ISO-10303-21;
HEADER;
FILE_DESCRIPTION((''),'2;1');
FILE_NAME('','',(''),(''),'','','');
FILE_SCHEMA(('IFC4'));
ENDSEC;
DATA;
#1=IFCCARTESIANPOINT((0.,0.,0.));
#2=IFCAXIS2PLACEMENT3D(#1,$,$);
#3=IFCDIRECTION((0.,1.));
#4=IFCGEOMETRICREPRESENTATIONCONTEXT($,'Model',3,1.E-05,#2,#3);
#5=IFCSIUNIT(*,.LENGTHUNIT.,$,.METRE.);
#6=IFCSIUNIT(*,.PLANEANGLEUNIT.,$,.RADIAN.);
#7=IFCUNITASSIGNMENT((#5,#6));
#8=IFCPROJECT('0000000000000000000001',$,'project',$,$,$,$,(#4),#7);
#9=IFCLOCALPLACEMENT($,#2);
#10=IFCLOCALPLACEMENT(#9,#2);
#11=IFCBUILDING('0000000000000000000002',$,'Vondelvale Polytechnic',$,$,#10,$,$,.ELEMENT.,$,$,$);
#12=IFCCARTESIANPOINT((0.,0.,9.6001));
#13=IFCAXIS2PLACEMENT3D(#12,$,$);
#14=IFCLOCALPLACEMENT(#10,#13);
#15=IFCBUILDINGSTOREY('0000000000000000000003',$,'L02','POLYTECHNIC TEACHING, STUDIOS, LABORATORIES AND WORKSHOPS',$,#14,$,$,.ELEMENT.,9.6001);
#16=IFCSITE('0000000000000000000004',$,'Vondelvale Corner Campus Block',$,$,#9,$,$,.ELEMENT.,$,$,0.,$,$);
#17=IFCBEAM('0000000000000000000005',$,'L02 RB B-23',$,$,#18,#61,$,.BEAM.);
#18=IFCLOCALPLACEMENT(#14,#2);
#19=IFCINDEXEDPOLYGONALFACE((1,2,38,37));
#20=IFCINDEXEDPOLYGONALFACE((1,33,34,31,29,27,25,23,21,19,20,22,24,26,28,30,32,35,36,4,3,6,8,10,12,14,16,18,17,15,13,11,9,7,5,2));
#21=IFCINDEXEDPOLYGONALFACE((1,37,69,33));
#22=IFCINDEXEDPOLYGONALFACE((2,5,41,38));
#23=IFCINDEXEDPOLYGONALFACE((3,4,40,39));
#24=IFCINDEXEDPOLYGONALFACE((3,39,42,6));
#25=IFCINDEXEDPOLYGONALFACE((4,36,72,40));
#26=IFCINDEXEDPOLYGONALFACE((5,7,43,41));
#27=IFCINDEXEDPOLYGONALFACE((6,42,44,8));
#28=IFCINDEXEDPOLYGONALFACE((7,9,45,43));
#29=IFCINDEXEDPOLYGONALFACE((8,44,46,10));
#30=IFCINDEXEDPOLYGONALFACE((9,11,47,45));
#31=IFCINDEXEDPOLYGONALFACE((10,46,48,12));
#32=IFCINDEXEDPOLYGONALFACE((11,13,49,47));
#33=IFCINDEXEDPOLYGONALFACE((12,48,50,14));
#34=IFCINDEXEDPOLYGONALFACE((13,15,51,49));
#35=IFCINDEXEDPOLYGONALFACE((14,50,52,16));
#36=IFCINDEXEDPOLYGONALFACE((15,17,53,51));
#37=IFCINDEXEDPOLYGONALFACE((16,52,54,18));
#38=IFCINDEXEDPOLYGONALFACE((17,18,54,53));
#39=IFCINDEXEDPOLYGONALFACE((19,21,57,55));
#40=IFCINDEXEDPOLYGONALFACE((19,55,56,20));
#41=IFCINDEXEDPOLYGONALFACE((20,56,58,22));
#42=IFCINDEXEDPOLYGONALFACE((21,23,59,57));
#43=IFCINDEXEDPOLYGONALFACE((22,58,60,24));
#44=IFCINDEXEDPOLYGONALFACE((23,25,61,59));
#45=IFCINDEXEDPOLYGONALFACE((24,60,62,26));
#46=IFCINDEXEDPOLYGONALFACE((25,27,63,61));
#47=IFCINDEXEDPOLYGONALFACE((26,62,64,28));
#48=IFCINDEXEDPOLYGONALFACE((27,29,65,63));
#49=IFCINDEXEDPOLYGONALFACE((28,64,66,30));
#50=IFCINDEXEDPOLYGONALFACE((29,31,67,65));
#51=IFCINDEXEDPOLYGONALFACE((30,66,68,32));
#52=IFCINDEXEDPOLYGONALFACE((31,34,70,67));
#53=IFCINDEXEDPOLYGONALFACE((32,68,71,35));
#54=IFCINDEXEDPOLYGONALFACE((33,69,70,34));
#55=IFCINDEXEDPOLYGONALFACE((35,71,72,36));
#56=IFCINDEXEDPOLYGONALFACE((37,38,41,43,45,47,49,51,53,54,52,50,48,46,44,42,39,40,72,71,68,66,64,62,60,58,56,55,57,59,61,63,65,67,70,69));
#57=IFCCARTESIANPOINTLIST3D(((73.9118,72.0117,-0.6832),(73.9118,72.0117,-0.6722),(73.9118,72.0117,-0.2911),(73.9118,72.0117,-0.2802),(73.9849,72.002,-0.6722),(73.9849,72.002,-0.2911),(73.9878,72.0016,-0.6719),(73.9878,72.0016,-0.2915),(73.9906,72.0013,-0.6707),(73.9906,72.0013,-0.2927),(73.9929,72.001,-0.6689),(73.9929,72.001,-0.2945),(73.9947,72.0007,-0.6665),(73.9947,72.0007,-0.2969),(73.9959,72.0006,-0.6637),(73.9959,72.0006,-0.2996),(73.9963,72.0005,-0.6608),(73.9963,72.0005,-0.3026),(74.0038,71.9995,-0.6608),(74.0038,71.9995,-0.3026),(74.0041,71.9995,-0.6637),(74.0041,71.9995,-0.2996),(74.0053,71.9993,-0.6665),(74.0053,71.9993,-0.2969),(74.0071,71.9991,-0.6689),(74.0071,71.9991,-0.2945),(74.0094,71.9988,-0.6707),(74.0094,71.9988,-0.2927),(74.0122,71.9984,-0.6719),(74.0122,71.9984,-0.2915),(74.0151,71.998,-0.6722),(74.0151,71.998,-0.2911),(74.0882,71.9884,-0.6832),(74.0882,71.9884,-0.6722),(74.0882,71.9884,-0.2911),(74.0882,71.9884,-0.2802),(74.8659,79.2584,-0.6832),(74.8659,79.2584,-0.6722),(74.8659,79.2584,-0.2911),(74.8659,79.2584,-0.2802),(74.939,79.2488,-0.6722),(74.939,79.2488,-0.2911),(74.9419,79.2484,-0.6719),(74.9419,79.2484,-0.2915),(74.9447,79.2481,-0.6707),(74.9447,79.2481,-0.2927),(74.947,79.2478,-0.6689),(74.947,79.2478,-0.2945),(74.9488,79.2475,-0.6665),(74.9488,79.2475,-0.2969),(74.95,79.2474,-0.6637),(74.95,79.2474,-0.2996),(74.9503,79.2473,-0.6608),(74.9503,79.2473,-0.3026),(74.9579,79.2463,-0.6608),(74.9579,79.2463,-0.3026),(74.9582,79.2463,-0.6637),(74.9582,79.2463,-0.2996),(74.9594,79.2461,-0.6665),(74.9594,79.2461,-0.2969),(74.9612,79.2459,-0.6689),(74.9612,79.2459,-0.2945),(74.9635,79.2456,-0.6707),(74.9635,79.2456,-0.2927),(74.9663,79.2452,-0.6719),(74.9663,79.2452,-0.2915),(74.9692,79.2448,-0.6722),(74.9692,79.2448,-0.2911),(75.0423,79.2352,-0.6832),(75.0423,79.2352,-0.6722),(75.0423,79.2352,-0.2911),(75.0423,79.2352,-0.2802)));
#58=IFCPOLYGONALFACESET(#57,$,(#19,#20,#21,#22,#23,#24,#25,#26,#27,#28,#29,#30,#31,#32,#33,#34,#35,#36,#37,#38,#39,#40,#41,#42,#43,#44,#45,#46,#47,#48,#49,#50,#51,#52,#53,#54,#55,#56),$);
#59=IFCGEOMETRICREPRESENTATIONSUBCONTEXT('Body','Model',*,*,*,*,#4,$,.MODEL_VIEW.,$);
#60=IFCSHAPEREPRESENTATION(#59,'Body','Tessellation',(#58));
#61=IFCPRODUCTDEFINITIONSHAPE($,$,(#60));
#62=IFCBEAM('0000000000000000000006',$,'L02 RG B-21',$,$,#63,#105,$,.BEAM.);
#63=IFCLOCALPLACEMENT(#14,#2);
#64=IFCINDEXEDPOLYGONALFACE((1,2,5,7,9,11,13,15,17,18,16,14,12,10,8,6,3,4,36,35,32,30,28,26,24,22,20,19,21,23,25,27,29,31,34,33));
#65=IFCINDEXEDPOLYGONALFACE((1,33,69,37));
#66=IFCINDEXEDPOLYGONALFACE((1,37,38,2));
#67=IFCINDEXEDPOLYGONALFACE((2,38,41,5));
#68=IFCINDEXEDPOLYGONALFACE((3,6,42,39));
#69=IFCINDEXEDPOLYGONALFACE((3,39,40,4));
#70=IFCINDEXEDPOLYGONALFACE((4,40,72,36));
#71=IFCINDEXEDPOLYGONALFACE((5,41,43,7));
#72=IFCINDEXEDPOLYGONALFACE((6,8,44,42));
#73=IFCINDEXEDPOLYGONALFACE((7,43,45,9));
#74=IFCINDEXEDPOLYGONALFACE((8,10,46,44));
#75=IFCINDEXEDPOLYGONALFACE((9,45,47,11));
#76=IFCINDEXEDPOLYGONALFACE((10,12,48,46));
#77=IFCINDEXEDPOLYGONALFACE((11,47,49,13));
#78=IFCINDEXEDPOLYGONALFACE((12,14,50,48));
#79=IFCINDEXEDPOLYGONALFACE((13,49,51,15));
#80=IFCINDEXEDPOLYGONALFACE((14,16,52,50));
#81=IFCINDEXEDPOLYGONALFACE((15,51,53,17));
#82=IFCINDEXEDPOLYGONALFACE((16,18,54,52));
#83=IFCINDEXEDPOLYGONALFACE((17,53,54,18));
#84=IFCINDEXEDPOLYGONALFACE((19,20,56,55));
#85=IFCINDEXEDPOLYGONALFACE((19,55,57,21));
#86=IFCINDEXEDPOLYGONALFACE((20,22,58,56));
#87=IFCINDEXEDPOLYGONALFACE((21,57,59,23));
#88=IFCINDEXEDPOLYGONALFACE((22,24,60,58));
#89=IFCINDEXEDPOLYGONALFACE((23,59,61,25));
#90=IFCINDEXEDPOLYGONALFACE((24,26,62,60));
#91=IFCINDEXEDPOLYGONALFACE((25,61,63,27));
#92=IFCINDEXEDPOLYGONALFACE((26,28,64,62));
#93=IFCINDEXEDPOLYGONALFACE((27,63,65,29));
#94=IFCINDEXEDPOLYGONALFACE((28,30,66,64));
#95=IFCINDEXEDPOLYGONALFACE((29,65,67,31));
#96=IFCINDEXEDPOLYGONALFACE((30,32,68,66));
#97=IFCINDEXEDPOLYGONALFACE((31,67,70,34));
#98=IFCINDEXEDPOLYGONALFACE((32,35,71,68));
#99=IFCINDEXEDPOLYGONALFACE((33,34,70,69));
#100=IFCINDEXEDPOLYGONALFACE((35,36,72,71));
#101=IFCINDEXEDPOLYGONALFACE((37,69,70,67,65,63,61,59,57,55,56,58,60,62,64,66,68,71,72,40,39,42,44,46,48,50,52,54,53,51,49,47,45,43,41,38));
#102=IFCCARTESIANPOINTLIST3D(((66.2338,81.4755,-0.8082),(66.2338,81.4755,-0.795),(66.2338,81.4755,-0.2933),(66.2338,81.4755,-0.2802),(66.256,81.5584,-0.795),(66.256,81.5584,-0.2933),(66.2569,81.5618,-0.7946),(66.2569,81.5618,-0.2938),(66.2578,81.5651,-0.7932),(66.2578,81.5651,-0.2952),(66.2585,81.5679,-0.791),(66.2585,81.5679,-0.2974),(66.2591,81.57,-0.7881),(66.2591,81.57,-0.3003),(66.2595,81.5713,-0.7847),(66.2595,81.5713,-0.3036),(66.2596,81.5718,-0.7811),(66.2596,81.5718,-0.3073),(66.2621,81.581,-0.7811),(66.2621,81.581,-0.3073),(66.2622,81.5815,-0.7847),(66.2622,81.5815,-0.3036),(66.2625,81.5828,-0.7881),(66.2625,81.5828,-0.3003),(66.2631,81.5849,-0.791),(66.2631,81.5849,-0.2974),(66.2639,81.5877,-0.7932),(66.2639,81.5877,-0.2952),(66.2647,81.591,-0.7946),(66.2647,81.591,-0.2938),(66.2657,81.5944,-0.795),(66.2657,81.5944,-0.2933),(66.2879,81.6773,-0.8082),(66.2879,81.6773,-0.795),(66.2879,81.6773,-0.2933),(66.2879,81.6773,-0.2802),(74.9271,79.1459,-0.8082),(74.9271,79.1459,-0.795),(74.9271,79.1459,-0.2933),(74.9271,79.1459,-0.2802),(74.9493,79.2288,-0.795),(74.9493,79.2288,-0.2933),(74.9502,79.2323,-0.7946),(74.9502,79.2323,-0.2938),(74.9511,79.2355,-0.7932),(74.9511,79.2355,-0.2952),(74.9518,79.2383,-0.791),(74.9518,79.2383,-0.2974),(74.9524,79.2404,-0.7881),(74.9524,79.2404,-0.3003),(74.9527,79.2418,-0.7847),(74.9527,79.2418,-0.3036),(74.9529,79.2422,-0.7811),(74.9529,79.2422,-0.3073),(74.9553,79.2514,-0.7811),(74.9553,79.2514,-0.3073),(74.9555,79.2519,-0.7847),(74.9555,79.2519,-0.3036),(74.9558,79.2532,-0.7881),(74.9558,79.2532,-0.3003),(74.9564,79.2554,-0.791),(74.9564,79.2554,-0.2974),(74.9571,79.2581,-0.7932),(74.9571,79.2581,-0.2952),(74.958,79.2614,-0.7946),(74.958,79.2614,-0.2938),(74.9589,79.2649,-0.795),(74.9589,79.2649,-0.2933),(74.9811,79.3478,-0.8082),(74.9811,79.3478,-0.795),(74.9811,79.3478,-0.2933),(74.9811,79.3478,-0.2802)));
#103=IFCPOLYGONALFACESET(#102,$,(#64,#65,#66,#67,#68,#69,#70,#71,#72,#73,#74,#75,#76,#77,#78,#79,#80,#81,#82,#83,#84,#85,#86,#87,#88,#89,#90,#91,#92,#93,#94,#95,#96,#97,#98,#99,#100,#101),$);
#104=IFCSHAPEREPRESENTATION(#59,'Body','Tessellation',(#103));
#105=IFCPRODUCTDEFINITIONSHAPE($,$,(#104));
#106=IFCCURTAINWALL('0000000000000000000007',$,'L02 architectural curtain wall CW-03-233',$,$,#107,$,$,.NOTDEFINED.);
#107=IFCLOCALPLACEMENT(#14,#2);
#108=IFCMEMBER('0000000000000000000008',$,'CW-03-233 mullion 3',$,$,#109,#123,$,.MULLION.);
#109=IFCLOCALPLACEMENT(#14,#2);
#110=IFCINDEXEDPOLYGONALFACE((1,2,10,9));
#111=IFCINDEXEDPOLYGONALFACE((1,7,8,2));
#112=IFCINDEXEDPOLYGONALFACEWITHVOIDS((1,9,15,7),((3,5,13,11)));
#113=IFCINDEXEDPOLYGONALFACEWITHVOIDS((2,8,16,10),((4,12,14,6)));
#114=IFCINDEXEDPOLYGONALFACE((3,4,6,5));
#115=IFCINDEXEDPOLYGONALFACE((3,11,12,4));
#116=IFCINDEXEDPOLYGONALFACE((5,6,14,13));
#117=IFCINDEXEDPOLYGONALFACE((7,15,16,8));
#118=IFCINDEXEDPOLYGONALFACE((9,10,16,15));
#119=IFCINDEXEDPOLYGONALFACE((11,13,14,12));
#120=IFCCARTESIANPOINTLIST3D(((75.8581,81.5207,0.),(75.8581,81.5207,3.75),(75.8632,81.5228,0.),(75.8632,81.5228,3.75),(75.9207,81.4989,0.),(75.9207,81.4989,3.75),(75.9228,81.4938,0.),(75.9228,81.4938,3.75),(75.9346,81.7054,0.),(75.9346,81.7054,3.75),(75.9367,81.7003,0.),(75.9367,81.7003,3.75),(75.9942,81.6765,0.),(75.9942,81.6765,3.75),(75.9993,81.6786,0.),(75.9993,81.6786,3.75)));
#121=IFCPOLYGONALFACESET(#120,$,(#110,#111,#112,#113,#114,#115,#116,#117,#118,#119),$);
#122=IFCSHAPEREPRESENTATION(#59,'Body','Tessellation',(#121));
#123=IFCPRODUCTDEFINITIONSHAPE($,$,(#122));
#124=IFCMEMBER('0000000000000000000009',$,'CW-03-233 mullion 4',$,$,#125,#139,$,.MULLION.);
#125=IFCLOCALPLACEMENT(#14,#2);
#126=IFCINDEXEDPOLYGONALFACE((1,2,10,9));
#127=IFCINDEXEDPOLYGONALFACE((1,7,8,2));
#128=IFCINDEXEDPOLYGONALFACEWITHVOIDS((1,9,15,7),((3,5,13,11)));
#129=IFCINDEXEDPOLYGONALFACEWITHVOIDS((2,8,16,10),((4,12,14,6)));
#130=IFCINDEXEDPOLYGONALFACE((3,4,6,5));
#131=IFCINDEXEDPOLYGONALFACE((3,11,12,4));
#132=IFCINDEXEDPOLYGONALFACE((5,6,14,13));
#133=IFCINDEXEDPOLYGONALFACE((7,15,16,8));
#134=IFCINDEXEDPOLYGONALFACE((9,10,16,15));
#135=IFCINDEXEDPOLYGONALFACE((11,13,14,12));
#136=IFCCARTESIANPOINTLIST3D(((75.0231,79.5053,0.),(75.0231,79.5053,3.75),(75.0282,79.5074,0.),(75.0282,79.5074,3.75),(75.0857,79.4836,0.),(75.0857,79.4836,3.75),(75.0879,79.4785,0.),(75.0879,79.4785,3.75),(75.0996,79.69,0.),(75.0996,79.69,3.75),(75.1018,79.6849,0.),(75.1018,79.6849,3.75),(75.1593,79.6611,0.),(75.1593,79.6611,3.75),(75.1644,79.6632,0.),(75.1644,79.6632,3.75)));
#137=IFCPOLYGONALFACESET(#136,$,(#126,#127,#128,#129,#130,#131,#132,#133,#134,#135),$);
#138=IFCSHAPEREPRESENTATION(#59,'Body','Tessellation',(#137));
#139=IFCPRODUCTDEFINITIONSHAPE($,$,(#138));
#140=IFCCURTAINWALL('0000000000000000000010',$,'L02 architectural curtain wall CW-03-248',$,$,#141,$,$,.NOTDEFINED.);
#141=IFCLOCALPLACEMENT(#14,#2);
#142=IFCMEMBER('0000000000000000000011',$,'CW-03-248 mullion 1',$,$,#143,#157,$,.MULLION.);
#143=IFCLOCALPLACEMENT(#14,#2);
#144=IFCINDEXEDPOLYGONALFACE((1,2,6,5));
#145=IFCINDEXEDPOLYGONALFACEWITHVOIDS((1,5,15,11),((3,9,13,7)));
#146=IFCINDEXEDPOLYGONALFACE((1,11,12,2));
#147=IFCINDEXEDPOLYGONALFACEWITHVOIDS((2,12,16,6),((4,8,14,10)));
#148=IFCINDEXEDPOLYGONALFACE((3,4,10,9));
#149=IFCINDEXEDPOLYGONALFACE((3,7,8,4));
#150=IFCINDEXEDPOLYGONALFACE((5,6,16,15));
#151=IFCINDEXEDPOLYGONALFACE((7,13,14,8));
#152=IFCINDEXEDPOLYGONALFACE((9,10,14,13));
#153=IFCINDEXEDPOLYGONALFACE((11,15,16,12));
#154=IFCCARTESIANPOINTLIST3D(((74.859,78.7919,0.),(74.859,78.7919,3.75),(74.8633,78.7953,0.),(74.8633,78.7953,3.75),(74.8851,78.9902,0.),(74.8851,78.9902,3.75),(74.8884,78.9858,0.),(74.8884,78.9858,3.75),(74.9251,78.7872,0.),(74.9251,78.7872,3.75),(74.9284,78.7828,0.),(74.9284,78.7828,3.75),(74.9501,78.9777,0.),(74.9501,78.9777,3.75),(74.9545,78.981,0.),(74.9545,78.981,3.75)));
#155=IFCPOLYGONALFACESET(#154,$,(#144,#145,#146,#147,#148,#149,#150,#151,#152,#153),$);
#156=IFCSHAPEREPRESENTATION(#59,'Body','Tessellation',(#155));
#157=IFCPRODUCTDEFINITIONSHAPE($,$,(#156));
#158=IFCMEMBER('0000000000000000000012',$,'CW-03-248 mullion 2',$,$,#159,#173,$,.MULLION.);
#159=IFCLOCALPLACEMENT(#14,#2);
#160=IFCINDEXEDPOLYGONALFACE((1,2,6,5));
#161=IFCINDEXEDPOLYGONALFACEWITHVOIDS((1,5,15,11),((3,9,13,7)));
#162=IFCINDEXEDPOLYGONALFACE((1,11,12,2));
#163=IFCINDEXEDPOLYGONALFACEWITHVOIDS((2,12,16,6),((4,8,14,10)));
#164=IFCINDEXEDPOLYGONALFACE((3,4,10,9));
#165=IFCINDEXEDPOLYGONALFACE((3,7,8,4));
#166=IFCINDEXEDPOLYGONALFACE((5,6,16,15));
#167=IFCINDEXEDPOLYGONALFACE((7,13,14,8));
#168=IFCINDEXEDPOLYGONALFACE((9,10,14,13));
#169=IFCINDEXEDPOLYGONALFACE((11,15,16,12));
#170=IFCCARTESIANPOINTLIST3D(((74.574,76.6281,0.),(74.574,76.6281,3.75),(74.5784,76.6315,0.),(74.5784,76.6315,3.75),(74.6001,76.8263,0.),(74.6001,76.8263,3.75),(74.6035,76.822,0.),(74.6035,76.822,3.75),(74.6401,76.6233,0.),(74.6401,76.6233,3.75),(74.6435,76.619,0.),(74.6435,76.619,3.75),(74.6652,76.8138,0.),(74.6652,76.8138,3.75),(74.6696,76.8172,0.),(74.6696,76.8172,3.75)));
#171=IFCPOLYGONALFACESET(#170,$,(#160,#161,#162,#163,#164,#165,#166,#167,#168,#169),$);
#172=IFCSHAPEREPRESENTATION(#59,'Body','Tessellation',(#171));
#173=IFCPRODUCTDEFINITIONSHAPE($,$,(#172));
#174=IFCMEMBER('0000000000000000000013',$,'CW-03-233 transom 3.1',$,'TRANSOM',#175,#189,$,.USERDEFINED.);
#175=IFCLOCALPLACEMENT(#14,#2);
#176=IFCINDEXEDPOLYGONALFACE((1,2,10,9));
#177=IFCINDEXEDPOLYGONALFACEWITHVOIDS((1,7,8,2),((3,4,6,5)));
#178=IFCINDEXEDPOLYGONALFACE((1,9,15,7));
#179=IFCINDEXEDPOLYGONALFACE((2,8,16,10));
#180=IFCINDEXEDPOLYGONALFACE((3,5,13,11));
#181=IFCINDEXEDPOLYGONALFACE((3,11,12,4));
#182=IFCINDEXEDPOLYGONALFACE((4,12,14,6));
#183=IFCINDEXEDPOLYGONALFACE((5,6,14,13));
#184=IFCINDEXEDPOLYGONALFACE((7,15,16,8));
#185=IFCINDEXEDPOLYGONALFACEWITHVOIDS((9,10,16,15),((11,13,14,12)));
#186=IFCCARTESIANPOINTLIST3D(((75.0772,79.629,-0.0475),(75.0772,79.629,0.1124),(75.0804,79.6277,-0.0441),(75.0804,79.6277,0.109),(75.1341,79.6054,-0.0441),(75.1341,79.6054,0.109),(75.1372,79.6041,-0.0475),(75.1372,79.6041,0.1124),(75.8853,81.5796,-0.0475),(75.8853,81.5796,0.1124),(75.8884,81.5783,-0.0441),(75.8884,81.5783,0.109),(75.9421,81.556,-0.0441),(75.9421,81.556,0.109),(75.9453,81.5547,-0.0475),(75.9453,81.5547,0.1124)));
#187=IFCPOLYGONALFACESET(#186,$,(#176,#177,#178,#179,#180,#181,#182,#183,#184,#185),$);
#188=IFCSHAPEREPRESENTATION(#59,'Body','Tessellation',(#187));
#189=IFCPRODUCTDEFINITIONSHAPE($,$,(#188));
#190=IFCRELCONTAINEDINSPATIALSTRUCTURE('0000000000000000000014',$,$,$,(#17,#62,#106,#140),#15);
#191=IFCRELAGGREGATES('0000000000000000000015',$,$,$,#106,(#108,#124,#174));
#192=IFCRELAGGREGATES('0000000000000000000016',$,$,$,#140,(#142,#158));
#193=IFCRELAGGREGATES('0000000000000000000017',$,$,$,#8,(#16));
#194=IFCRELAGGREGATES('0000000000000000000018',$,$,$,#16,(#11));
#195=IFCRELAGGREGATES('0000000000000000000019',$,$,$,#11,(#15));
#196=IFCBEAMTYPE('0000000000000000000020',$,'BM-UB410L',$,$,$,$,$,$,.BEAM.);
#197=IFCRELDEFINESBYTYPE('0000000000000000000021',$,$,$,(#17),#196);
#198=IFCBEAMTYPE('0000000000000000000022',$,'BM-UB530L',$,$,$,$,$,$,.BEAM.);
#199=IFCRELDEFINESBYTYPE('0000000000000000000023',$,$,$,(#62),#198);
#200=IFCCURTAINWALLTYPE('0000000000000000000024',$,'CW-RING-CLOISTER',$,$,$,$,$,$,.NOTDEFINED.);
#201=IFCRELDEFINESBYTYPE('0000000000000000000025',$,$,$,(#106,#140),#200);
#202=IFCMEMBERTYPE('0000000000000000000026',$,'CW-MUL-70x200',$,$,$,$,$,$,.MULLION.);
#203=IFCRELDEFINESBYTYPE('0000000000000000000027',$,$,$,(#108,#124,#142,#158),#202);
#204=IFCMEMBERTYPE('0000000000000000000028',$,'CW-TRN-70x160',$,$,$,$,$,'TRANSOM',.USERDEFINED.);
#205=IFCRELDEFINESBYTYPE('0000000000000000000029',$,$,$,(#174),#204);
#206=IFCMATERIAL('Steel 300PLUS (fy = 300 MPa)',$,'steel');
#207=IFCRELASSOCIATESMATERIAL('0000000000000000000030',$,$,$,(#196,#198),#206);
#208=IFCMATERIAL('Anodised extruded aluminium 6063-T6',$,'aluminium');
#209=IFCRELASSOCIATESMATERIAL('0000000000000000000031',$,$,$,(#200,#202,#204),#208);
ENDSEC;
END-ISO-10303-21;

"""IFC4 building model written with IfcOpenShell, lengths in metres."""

from ifc_helpers import new_model, si_unit, direction, frame, origin, origin_2d, place, context, subcontext, project, spatial, hollow_rectangle, i_section, extrude, material, material_profile, profile_set, type_object, element, aggregate, save


model = new_model("IFC4")

# Units and contexts
model_context = context("Model", 3, precision=1e-05, world=origin(), true_north=direction((0.0, 1.0)))
body_context = subcontext(model_context, "Body", "Model", "MODEL_VIEW")
ifc_project = project(units=[si_unit("LENGTHUNIT", "METRE"), si_unit("PLANEANGLEUNIT", "RADIAN")], contexts=[model_context])

# Site, building, storey
site_placement = place(None, origin())
site = spatial("IfcSite", under=ifc_project, at=site_placement, Name="Vondelvale Corner Campus Block", CompositionType="ELEMENT", RefElevation=0.0)
building_placement = place(site_placement, origin())
building = spatial("IfcBuilding", under=site, at=building_placement, Name="Vondelvale Polytechnic", CompositionType="ELEMENT")
storey_placement = place(building_placement, frame((0.0, 0.0, 9.6001)))
storey = spatial("IfcBuildingStorey", under=building, at=storey_placement, Name="L02", Description="POLYTECHNIC TEACHING, STUDIOS, LABORATORIES AND WORKSHOPS", CompositionType="ELEMENT", Elevation=9.6001)

# Beams
ifc_material_1 = material(Name="Steel 300PLUS (fy = 300 MPa)", Category="steel")
ifc_material_profile_1 = material_profile(ifc_material_1, i_section(OverallWidth=0.178, OverallDepth=0.4031, WebThickness=0.0076, FlangeThickness=0.011, FilletRadius=0.0115, at=origin_2d()), Name="410UB53.7")
ifc_profile_set_1 = profile_set([ifc_material_profile_1], Name="Steel 300PLUS (fy = 300 MPa)")
beam_type_1 = type_object("IfcBeamType", Name="BM-UB410L", PredefinedType="BEAM", material=ifc_profile_set_1)
beam_1_placement = place(storey_placement, frame((74.9541, 79.2468, -0.4817), z_axis=(-0.130531, -0.991444, 0.0), x_axis=(0.991444, -0.130531, 0.0)))
element("IfcBeam", 1, at=beam_1_placement, inside=storey, type_object=beam_type_1, Name="L02 RB B-23", PredefinedType="BEAM", context=body_context, shape_type="SweptSolid", body=[
    extrude(i_section(OverallWidth=0.178, OverallDepth=0.4031, WebThickness=0.0076, FlangeThickness=0.011, FilletRadius=0.0115, at=origin_2d()), origin(), (0.0, 0.0, 1.0), 7.3093),
])
ifc_material_profile_2 = material_profile(ifc_material_1, i_section(OverallWidth=0.209, OverallDepth=0.5281, WebThickness=0.0095, FlangeThickness=0.0132, FilletRadius=0.0139, at=origin_2d()), Name="530UB82.0")
ifc_profile_set_2 = profile_set([ifc_material_profile_2], Name="Steel 300PLUS (fy = 300 MPa)")
beam_type_2 = type_object("IfcBeamType", Name="BM-UB530L", PredefinedType="BEAM", material=ifc_profile_set_2)
beam_2_placement = place(storey_placement, frame((74.9541, 79.2468, -0.5442), z_axis=(-0.96592, 0.258841, 0.0), x_axis=(-0.258841, -0.96592, 0.0)))
element("IfcBeam", 2, at=beam_2_placement, inside=storey, type_object=beam_type_2, Name="L02 RG B-21", PredefinedType="BEAM", context=body_context, shape_type="SweptSolid", body=[
    extrude(i_section(OverallWidth=0.209, OverallDepth=0.5281, WebThickness=0.0095, FlangeThickness=0.0132, FilletRadius=0.0139, at=origin_2d()), origin(), (0.0, 0.0, 1.0), 9.0),
])

# Curtain walls, members
ifc_material_2 = material(Name="Anodised extruded aluminium 6063-T6", Category="aluminium")
curtain_wall_type = type_object("IfcCurtainWallType", Name="CW-RING-CLOISTER", PredefinedType="NOTDEFINED", material=ifc_material_2)
curtain_wall_1_placement = place(storey_placement, origin())
curtain_wall_1 = element("IfcCurtainWall", 3, at=curtain_wall_1_placement, inside=storey, type_object=curtain_wall_type, Name="L02 architectural curtain wall CW-03-233", PredefinedType="NOTDEFINED")
ifc_material_profile_3 = material_profile(ifc_material_2, hollow_rectangle(XDim=0.0701, YDim=0.2, WallThickness=0.0039, at=origin_2d()), Name="CW-MUL-200x70")
ifc_profile_set_3 = profile_set([ifc_material_profile_3], Name="Anodised extruded aluminium 6063-T6")
member_type_1 = type_object("IfcMemberType", Name="CW-MUL-70x200", PredefinedType="MULLION", material=ifc_profile_set_3)
member_1_placement = place(storey_placement, frame((75.9287, 81.5996, 0.0), z_axis=(0.0, 0.0, 1.0), x_axis=(0.923882, -0.382679, 0.0)))
member_1 = element("IfcMember", 4, at=member_1_placement, type_object=member_type_1, Name="CW-03-233 mullion 3", PredefinedType="MULLION", context=body_context, shape_type="SweptSolid", body=[
    extrude(hollow_rectangle(XDim=0.0701, YDim=0.2, WallThickness=0.0039, at=origin_2d()), origin(), (0.0, 0.0, 1.0), 3.75),
])
member_2_placement = place(storey_placement, frame((75.0938, 79.5842, 0.0), z_axis=(0.0, 0.0, 1.0), x_axis=(0.923882, -0.382679, 0.0)))
member_2 = element("IfcMember", 5, at=member_2_placement, type_object=member_type_1, Name="CW-03-233 mullion 4", PredefinedType="MULLION", context=body_context, shape_type="SweptSolid", body=[
    extrude(hollow_rectangle(XDim=0.0701, YDim=0.2, WallThickness=0.0039, at=origin_2d()), origin(), (0.0, 0.0, 1.0), 3.75),
])
curtain_wall_2_placement = place(storey_placement, origin())
curtain_wall_2 = element("IfcCurtainWall", 6, at=curtain_wall_2_placement, inside=storey, type_object=curtain_wall_type, Name="L02 architectural curtain wall CW-03-248", PredefinedType="NOTDEFINED")
member_3_placement = place(storey_placement, frame((74.9067, 78.8865, 0.0), z_axis=(0.0, 0.0, 1.0), x_axis=(0.991445, -0.130528, 0.0)))
member_3 = element("IfcMember", 7, at=member_3_placement, type_object=member_type_1, Name="CW-03-248 mullion 1", PredefinedType="MULLION", context=body_context, shape_type="SweptSolid", body=[
    extrude(hollow_rectangle(XDim=0.0701, YDim=0.2, WallThickness=0.0039, at=origin_2d()), origin(), (0.0, 0.0, 1.0), 3.75),
])
member_4_placement = place(storey_placement, frame((74.6218, 76.7227, 0.0), z_axis=(0.0, 0.0, 1.0), x_axis=(0.991445, -0.130528, 0.0)))
member_4 = element("IfcMember", 8, at=member_4_placement, type_object=member_type_1, Name="CW-03-248 mullion 2", PredefinedType="MULLION", context=body_context, shape_type="SweptSolid", body=[
    extrude(hollow_rectangle(XDim=0.0701, YDim=0.2, WallThickness=0.0039, at=origin_2d()), origin(), (0.0, 0.0, 1.0), 3.75),
])

# Member
ifc_material_profile_4 = material_profile(ifc_material_2, hollow_rectangle(XDim=0.0649, YDim=0.1599, WallThickness=0.0034, at=origin_2d()), Name="CW-TRN-160x65")
ifc_profile_set_4 = profile_set([ifc_material_profile_4], Name="Anodised extruded aluminium 6063-T6")
member_type_2 = type_object("IfcMemberType", Name="CW-TRN-70x160", ElementType="TRANSOM", PredefinedType="USERDEFINED", material=ifc_profile_set_4)
member_5_placement = place(storey_placement, frame((75.9153, 81.5671, 0.0325), z_axis=(-0.382726, -0.923862, 0.0), x_axis=(0.923862, -0.382726, 0.0)))
member_5 = element("IfcMember", 9, at=member_5_placement, type_object=member_type_2, Name="CW-03-233 transom 3.1", ObjectType="TRANSOM", PredefinedType="USERDEFINED", context=body_context, shape_type="SweptSolid", body=[
    extrude(hollow_rectangle(XDim=0.0649, YDim=0.1599, WallThickness=0.0034, at=origin_2d()), origin(), (0.0, 0.0, 1.0), 2.1113),
])

aggregate(curtain_wall_1, [member_1, member_2, member_5])
aggregate(curtain_wall_2, [member_3, member_4])

save(model, "model.ifc")
